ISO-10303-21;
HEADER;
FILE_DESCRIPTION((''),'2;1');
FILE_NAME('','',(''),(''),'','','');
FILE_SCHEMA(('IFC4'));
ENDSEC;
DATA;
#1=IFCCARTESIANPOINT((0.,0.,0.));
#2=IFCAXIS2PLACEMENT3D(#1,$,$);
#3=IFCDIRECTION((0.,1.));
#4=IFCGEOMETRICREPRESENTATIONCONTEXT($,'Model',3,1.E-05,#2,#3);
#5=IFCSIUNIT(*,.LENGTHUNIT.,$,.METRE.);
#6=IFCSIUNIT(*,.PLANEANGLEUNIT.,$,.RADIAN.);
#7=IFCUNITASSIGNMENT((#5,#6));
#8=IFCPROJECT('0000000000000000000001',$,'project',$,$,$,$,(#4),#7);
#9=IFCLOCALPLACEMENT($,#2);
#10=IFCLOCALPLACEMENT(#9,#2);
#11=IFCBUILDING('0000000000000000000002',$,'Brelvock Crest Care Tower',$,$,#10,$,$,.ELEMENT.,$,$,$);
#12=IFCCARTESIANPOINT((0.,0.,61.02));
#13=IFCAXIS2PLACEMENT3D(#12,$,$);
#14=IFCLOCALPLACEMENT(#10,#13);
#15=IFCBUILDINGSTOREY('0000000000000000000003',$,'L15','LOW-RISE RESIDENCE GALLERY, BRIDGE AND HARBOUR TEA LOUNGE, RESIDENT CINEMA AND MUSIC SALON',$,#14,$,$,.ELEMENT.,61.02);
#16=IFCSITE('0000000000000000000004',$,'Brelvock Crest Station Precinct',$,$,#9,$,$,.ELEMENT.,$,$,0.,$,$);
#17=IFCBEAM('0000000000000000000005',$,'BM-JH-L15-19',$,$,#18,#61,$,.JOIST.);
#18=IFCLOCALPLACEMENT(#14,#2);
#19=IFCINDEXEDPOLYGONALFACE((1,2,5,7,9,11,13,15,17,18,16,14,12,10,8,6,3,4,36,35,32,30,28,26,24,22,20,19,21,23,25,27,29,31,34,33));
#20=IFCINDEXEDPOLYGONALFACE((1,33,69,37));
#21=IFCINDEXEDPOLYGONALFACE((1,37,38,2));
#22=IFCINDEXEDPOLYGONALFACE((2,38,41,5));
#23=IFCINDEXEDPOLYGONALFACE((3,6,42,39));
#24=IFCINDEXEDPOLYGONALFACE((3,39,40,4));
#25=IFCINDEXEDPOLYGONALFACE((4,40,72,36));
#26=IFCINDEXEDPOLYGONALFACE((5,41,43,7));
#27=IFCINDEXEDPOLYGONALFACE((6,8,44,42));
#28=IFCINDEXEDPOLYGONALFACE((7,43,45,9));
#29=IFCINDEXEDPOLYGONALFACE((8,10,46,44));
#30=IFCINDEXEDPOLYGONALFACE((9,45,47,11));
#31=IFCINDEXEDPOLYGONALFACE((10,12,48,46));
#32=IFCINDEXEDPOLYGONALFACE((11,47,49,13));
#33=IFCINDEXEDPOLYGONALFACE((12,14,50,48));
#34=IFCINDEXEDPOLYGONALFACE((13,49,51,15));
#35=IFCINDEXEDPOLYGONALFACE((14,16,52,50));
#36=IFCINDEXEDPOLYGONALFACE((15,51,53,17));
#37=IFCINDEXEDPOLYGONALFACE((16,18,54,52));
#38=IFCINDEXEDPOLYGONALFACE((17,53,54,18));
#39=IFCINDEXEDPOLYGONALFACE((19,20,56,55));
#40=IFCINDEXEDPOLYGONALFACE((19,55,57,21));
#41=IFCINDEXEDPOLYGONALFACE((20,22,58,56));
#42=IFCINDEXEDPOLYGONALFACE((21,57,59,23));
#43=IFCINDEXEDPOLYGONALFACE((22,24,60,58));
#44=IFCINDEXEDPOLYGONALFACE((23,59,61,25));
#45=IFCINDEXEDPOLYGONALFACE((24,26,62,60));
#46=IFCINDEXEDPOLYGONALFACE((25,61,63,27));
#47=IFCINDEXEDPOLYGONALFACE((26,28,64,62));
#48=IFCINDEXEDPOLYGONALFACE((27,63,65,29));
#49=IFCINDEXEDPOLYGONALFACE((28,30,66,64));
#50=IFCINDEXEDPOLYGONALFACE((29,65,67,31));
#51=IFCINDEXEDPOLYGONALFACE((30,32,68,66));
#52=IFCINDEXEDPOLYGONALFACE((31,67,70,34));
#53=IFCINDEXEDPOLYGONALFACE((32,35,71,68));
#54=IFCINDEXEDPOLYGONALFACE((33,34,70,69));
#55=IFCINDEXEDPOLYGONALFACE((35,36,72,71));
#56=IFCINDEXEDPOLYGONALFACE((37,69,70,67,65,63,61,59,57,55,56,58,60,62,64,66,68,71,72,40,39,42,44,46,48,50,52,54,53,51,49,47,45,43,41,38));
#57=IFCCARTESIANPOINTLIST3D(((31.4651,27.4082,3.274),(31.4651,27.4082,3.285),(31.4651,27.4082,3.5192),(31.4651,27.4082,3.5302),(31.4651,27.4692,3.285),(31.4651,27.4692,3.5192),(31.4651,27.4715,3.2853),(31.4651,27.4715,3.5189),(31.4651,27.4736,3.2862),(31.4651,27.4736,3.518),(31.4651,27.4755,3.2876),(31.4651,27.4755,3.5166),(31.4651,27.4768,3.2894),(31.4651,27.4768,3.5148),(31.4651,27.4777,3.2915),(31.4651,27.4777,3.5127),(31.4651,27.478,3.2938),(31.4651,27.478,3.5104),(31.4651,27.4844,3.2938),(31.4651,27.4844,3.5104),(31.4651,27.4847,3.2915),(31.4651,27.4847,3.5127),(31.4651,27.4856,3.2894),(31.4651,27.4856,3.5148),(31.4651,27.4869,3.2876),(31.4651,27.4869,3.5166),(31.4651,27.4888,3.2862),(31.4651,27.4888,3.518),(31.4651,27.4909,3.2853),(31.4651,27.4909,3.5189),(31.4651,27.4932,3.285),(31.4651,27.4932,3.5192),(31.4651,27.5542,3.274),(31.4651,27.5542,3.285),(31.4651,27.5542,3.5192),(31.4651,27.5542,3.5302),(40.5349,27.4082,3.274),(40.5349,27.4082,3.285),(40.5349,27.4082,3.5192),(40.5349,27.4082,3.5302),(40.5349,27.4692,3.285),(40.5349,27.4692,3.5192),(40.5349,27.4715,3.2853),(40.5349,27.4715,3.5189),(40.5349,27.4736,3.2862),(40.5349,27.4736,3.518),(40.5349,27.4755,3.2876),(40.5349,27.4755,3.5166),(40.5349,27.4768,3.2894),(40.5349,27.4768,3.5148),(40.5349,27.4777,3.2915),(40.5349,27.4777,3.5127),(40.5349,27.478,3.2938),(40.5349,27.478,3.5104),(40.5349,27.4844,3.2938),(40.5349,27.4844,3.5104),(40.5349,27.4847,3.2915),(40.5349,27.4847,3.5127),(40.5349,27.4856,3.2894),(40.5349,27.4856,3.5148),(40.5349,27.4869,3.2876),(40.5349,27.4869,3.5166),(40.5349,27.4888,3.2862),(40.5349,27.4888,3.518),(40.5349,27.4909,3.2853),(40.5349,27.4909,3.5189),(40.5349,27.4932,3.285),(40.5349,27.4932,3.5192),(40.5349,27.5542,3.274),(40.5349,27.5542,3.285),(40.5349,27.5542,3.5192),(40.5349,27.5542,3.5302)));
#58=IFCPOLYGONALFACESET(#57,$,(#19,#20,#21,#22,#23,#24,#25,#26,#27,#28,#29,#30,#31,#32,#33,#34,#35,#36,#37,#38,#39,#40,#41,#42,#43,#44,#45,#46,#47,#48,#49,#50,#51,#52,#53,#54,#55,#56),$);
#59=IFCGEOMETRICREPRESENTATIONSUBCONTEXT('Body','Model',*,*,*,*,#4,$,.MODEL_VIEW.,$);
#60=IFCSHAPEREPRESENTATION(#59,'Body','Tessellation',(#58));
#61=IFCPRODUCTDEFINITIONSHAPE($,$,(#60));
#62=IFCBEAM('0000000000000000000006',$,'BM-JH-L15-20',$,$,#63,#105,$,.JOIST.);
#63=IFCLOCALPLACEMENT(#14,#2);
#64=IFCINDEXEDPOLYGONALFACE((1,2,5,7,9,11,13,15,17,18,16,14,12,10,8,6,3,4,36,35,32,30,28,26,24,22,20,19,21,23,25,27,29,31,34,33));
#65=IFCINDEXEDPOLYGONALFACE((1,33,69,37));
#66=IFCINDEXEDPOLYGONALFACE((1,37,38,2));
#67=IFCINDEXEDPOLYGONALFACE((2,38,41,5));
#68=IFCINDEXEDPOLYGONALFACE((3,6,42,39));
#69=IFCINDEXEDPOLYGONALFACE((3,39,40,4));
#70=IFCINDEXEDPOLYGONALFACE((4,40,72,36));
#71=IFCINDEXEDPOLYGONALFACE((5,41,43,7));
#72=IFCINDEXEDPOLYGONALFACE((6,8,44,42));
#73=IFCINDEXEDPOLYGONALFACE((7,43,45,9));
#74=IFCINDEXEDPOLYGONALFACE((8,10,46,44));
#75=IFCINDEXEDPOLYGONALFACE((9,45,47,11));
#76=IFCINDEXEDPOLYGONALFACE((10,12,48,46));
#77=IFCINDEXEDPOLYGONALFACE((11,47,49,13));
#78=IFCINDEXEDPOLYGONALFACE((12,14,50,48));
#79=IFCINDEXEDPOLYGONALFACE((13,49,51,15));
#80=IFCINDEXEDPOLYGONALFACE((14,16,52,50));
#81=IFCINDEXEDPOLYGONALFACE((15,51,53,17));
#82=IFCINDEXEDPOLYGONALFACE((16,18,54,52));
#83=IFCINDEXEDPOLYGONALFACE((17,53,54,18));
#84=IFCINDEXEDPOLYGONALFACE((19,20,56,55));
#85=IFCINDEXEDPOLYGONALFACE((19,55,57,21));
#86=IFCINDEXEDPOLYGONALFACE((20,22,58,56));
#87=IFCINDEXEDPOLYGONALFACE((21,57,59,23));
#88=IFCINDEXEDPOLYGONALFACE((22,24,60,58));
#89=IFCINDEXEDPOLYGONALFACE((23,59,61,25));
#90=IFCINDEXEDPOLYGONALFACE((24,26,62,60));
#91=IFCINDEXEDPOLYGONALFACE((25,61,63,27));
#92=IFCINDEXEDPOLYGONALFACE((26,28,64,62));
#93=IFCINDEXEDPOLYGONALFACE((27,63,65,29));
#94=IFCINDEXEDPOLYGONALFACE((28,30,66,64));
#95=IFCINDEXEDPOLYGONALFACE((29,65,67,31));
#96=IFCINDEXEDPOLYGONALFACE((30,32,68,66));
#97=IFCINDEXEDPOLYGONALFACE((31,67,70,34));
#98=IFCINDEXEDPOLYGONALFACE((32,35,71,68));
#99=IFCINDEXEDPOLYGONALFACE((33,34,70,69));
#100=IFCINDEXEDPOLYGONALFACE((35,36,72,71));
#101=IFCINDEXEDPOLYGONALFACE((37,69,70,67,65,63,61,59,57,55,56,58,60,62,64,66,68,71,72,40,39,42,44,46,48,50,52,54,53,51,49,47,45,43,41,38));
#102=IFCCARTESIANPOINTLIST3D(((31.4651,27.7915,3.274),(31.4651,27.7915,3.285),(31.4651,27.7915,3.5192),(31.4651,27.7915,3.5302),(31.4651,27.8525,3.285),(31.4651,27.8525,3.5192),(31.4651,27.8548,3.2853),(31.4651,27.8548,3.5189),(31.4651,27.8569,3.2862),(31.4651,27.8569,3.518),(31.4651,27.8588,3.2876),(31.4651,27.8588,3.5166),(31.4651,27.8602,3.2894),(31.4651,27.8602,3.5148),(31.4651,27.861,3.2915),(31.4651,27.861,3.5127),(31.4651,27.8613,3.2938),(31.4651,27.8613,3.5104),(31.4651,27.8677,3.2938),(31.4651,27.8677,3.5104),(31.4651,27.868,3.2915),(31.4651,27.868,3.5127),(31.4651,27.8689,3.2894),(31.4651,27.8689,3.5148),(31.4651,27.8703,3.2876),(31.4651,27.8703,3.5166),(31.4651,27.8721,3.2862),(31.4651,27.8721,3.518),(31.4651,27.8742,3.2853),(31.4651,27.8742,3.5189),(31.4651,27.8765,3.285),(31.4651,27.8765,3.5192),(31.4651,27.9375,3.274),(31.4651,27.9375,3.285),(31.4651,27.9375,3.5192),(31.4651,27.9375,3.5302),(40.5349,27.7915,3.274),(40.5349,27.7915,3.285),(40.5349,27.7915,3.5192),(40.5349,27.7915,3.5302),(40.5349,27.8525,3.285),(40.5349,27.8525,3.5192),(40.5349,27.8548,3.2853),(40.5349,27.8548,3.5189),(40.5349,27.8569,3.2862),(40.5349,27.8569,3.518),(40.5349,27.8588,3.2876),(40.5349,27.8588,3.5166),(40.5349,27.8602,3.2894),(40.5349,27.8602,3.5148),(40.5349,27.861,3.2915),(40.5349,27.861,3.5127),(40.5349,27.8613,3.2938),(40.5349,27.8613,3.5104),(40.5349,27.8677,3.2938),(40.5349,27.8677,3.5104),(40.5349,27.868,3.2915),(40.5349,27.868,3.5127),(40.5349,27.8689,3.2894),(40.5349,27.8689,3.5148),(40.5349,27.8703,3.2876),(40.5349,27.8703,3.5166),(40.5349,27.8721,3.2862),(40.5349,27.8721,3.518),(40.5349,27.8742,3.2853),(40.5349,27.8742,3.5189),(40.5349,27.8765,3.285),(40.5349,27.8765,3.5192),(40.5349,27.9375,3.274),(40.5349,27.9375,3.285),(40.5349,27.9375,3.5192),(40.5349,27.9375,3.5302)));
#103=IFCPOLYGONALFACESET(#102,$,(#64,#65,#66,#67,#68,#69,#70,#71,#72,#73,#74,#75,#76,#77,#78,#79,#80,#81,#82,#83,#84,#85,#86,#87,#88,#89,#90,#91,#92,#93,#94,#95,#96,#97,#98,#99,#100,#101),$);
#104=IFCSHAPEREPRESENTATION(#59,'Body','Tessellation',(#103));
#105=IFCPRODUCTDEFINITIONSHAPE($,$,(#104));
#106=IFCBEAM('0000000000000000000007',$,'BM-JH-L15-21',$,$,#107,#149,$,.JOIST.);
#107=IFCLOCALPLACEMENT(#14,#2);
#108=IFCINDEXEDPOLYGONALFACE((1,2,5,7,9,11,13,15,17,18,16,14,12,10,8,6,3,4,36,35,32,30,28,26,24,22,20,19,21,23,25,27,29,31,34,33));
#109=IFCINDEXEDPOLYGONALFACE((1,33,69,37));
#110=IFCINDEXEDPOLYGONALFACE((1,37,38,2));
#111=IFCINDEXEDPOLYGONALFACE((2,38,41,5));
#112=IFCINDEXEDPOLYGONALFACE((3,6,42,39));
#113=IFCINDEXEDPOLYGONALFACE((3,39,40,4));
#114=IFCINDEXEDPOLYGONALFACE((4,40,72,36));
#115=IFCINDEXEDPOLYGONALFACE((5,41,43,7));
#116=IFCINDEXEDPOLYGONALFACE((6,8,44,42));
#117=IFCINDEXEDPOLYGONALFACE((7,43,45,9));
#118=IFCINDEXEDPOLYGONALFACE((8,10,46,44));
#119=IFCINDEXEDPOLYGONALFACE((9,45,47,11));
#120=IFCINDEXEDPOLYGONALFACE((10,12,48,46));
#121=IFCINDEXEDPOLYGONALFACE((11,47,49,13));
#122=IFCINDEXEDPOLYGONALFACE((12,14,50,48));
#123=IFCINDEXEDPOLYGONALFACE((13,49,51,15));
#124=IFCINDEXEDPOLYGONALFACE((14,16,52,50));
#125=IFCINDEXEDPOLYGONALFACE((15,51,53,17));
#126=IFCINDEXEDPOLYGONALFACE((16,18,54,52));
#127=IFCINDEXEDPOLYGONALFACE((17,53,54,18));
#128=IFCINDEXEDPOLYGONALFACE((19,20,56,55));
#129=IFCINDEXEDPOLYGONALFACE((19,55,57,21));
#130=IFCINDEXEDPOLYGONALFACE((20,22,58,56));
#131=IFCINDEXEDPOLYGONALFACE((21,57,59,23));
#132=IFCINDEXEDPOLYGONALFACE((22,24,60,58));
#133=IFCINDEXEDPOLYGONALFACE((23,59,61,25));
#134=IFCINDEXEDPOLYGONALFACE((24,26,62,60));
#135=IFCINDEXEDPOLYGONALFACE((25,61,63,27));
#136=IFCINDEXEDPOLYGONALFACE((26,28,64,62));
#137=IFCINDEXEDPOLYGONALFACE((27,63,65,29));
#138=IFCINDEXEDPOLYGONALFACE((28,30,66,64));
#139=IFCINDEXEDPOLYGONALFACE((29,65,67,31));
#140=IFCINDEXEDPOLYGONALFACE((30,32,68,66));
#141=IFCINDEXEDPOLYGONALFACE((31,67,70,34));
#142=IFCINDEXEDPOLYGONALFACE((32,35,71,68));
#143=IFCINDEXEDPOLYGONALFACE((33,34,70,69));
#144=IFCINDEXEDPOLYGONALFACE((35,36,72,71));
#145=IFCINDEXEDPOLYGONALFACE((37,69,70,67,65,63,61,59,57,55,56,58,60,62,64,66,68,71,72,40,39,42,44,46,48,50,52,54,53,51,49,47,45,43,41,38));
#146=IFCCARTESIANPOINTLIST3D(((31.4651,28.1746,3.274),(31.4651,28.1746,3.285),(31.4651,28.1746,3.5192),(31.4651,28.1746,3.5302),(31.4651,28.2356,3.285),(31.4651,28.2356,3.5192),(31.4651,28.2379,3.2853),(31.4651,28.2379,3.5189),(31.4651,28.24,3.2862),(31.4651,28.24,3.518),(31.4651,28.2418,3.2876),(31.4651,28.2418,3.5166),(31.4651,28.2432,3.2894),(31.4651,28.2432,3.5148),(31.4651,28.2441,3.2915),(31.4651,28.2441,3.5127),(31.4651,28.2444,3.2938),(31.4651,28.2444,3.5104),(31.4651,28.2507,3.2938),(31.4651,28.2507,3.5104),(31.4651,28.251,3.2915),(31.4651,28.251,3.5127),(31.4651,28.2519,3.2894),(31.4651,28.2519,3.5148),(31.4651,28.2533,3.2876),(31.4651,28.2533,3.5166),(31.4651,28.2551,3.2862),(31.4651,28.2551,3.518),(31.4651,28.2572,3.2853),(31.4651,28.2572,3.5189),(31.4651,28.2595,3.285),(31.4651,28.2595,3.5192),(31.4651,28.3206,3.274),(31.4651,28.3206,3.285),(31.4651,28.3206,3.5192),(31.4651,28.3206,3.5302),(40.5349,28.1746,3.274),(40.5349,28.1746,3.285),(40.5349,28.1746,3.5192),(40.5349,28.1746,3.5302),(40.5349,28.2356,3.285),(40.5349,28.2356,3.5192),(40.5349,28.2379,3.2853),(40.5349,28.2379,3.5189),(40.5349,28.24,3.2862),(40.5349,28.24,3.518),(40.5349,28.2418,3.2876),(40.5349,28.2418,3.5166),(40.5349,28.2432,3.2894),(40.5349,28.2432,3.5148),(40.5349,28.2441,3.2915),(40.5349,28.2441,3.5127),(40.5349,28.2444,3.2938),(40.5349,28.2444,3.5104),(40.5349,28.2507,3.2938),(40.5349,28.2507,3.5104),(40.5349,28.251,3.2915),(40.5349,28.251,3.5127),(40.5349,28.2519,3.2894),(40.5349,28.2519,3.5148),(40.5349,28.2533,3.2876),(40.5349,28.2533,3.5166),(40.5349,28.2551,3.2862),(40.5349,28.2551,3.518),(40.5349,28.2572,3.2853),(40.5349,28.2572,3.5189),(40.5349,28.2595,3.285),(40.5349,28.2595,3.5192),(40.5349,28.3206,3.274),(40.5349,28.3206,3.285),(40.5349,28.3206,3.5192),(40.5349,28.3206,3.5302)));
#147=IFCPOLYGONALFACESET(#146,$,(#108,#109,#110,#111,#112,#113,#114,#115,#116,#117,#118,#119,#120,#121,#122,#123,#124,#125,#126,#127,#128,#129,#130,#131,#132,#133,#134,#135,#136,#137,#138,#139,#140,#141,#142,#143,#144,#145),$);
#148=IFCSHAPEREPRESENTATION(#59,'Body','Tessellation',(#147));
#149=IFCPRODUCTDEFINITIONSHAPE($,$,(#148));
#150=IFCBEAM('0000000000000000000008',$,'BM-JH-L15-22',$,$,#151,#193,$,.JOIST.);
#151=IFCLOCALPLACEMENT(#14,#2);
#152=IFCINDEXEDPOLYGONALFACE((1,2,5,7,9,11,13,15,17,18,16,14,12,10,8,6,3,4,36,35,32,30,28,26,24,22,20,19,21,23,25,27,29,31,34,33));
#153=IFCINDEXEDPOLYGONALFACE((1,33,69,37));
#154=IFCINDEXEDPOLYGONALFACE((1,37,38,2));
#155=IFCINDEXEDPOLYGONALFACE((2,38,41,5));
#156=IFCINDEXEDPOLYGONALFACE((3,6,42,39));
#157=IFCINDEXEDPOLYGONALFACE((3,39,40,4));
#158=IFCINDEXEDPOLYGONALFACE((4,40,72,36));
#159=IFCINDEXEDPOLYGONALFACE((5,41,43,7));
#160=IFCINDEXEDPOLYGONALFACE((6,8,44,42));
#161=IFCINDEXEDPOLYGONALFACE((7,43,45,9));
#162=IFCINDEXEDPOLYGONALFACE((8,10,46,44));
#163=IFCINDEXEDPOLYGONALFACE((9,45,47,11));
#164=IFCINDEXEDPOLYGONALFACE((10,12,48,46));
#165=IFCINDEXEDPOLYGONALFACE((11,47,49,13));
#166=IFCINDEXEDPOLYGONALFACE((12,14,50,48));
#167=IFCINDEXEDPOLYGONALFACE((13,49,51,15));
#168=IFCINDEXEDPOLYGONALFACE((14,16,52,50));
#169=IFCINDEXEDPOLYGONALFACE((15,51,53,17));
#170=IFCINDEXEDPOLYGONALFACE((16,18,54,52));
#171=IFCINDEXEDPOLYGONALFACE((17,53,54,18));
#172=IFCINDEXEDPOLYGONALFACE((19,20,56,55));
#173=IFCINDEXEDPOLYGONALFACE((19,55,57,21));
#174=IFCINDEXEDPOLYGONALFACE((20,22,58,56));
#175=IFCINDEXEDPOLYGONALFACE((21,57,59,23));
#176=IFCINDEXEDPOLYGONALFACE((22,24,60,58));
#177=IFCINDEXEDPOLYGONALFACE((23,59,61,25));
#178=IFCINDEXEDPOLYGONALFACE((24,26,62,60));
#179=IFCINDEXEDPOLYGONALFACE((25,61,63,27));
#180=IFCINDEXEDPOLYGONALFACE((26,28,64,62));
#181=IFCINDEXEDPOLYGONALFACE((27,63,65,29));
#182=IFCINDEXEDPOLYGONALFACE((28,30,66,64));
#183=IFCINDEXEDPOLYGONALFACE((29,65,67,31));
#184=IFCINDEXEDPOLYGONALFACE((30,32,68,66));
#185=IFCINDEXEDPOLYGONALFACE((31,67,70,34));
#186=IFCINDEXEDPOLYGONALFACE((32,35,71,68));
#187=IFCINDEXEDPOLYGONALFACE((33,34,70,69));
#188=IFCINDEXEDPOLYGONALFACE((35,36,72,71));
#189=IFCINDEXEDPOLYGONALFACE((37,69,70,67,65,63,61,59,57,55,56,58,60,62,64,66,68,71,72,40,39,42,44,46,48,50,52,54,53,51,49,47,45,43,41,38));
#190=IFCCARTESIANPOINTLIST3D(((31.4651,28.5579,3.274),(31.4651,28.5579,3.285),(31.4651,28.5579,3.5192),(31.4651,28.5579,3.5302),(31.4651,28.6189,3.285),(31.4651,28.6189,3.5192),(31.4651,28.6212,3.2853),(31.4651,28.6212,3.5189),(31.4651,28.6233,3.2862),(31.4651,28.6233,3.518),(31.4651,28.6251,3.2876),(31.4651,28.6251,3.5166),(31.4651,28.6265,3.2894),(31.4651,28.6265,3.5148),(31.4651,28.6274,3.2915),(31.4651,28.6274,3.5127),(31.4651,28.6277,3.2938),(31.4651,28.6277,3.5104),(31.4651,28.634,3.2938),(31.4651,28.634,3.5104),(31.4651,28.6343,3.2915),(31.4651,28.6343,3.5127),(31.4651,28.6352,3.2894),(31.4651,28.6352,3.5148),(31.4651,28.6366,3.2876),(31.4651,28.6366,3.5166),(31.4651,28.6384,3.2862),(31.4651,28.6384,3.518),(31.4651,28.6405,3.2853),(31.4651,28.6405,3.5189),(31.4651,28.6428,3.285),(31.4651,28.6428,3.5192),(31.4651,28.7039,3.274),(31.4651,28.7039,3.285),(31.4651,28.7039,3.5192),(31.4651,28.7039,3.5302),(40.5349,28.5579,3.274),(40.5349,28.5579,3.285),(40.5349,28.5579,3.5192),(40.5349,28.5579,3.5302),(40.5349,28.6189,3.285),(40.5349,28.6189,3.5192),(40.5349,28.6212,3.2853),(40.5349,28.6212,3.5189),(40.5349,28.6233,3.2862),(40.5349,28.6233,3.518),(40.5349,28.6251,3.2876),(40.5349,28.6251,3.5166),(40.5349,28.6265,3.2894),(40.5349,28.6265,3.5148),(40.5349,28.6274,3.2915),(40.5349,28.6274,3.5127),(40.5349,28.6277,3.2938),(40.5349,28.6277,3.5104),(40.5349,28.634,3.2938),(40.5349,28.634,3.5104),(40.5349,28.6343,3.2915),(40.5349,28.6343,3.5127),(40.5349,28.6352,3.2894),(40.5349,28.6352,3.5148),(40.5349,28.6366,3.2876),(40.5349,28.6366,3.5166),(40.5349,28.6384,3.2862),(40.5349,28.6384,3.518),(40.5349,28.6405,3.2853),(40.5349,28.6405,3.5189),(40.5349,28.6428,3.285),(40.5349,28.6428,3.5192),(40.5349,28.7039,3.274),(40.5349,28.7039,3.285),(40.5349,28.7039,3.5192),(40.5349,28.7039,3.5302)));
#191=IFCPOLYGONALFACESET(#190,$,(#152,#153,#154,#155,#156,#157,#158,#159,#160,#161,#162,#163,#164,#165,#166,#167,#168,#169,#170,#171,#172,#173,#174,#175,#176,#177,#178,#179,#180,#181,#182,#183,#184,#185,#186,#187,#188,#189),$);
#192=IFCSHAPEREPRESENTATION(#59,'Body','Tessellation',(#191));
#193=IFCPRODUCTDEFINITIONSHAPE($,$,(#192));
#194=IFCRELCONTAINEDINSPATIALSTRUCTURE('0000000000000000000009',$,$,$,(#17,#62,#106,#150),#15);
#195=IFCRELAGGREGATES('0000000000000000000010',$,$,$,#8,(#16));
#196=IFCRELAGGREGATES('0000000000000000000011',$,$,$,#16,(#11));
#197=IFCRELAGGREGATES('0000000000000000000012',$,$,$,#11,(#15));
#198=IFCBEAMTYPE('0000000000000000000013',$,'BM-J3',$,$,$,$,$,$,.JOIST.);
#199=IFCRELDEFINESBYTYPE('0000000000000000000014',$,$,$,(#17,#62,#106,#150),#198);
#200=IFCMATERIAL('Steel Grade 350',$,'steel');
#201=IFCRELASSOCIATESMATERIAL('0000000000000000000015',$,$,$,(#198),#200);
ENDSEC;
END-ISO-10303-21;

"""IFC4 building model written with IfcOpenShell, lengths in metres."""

from ifc_helpers import new_model, si_unit, direction, frame, origin, origin_2d, place, context, subcontext, project, spatial, i_section, extrude, source, transform, mapped, material, material_profile, profile_set, type_object, element, save


model = new_model("IFC4")

# Units and contexts
model_context = context("Model", 3, precision=1e-05, world=origin(), true_north=direction((0.0, 1.0)))
body_context = subcontext(model_context, "Body", "Model", "MODEL_VIEW")
ifc_project = project(units=[si_unit("LENGTHUNIT", "METRE"), si_unit("PLANEANGLEUNIT", "RADIAN")], contexts=[model_context])

# Site, building, storey
site_placement = place(None, origin())
site = spatial("IfcSite", under=ifc_project, at=site_placement, Name="Brelvock Crest Station Precinct", CompositionType="ELEMENT", RefElevation=0.0)
building_placement = place(site_placement, origin())
building = spatial("IfcBuilding", under=site, at=building_placement, Name="Brelvock Crest Care Tower", CompositionType="ELEMENT")
storey_placement = place(building_placement, frame((0.0, 0.0, 61.02)))
storey = spatial("IfcBuildingStorey", under=building, at=storey_placement, Name="L15", Description="LOW-RISE RESIDENCE GALLERY, BRIDGE AND HARBOUR TEA LOUNGE, RESIDENT CINEMA AND MUSIC SALON", CompositionType="ELEMENT", Elevation=61.02)

# Beams
ifc_material_1 = material(Name="Steel Grade 350", Category="steel")
ifc_material_profile = material_profile(ifc_material_1, i_section(OverallWidth=0.146, OverallDepth=0.2561, WebThickness=0.0063, FlangeThickness=0.011, FilletRadius=0.0088, at=origin_2d()), Name="250UB37.3")
ifc_profile_set = profile_set([ifc_material_profile], Name="Steel Grade 350")
beam_type = type_object("IfcBeamType", Name="BM-J3", PredefinedType="JOIST", material=ifc_profile_set)
shared_shape_1 = source(origin(), body_context, "Body", "SweptSolid", [
    extrude(i_section(OverallWidth=0.146, OverallDepth=0.2561, WebThickness=0.0063, FlangeThickness=0.011, FilletRadius=0.0088, at=origin_2d()), origin(), (0.0, 0.0, 1.0), 9.0698),
])
for number, where, z_axis, x_axis, name in (
    (1, (31.4651, 27.4812, 3.4021), (1.0, 0.0, 0.0), (0.0, 1.0, 0.0), "BM-JH-L15-19"),
    (2, (31.4651, 27.8645, 3.4021), (1.0, 0.0, 0.0), (0.0, 1.0, 0.0), "BM-JH-L15-20"),
    (3, (31.4651, 28.2476, 3.4021), (1.0, 0.0, 0.0), (0.0, 1.0, 0.0), "BM-JH-L15-21"),
    (4, (31.4651, 28.6309, 3.4021), (1.0, 0.0, 0.0), (0.0, 1.0, 0.0), "BM-JH-L15-22"),
):
    element("IfcBeam", number, at=place(storey_placement, frame(where, z_axis=z_axis, x_axis=x_axis)), inside=storey, type_object=beam_type, Name=name, PredefinedType="JOIST", context=body_context, shape_type="MappedRepresentation", body=[
        mapped(shared_shape_1, transform((0.0, 0.0, 0.0), x_axis=(1.0, 0.0, 0.0), y_axis=(0.0, 1.0, 0.0), z_axis=(0.0, 0.0, 1.0), scale=1.0)),
    ])

save(model, "model.ifc")
